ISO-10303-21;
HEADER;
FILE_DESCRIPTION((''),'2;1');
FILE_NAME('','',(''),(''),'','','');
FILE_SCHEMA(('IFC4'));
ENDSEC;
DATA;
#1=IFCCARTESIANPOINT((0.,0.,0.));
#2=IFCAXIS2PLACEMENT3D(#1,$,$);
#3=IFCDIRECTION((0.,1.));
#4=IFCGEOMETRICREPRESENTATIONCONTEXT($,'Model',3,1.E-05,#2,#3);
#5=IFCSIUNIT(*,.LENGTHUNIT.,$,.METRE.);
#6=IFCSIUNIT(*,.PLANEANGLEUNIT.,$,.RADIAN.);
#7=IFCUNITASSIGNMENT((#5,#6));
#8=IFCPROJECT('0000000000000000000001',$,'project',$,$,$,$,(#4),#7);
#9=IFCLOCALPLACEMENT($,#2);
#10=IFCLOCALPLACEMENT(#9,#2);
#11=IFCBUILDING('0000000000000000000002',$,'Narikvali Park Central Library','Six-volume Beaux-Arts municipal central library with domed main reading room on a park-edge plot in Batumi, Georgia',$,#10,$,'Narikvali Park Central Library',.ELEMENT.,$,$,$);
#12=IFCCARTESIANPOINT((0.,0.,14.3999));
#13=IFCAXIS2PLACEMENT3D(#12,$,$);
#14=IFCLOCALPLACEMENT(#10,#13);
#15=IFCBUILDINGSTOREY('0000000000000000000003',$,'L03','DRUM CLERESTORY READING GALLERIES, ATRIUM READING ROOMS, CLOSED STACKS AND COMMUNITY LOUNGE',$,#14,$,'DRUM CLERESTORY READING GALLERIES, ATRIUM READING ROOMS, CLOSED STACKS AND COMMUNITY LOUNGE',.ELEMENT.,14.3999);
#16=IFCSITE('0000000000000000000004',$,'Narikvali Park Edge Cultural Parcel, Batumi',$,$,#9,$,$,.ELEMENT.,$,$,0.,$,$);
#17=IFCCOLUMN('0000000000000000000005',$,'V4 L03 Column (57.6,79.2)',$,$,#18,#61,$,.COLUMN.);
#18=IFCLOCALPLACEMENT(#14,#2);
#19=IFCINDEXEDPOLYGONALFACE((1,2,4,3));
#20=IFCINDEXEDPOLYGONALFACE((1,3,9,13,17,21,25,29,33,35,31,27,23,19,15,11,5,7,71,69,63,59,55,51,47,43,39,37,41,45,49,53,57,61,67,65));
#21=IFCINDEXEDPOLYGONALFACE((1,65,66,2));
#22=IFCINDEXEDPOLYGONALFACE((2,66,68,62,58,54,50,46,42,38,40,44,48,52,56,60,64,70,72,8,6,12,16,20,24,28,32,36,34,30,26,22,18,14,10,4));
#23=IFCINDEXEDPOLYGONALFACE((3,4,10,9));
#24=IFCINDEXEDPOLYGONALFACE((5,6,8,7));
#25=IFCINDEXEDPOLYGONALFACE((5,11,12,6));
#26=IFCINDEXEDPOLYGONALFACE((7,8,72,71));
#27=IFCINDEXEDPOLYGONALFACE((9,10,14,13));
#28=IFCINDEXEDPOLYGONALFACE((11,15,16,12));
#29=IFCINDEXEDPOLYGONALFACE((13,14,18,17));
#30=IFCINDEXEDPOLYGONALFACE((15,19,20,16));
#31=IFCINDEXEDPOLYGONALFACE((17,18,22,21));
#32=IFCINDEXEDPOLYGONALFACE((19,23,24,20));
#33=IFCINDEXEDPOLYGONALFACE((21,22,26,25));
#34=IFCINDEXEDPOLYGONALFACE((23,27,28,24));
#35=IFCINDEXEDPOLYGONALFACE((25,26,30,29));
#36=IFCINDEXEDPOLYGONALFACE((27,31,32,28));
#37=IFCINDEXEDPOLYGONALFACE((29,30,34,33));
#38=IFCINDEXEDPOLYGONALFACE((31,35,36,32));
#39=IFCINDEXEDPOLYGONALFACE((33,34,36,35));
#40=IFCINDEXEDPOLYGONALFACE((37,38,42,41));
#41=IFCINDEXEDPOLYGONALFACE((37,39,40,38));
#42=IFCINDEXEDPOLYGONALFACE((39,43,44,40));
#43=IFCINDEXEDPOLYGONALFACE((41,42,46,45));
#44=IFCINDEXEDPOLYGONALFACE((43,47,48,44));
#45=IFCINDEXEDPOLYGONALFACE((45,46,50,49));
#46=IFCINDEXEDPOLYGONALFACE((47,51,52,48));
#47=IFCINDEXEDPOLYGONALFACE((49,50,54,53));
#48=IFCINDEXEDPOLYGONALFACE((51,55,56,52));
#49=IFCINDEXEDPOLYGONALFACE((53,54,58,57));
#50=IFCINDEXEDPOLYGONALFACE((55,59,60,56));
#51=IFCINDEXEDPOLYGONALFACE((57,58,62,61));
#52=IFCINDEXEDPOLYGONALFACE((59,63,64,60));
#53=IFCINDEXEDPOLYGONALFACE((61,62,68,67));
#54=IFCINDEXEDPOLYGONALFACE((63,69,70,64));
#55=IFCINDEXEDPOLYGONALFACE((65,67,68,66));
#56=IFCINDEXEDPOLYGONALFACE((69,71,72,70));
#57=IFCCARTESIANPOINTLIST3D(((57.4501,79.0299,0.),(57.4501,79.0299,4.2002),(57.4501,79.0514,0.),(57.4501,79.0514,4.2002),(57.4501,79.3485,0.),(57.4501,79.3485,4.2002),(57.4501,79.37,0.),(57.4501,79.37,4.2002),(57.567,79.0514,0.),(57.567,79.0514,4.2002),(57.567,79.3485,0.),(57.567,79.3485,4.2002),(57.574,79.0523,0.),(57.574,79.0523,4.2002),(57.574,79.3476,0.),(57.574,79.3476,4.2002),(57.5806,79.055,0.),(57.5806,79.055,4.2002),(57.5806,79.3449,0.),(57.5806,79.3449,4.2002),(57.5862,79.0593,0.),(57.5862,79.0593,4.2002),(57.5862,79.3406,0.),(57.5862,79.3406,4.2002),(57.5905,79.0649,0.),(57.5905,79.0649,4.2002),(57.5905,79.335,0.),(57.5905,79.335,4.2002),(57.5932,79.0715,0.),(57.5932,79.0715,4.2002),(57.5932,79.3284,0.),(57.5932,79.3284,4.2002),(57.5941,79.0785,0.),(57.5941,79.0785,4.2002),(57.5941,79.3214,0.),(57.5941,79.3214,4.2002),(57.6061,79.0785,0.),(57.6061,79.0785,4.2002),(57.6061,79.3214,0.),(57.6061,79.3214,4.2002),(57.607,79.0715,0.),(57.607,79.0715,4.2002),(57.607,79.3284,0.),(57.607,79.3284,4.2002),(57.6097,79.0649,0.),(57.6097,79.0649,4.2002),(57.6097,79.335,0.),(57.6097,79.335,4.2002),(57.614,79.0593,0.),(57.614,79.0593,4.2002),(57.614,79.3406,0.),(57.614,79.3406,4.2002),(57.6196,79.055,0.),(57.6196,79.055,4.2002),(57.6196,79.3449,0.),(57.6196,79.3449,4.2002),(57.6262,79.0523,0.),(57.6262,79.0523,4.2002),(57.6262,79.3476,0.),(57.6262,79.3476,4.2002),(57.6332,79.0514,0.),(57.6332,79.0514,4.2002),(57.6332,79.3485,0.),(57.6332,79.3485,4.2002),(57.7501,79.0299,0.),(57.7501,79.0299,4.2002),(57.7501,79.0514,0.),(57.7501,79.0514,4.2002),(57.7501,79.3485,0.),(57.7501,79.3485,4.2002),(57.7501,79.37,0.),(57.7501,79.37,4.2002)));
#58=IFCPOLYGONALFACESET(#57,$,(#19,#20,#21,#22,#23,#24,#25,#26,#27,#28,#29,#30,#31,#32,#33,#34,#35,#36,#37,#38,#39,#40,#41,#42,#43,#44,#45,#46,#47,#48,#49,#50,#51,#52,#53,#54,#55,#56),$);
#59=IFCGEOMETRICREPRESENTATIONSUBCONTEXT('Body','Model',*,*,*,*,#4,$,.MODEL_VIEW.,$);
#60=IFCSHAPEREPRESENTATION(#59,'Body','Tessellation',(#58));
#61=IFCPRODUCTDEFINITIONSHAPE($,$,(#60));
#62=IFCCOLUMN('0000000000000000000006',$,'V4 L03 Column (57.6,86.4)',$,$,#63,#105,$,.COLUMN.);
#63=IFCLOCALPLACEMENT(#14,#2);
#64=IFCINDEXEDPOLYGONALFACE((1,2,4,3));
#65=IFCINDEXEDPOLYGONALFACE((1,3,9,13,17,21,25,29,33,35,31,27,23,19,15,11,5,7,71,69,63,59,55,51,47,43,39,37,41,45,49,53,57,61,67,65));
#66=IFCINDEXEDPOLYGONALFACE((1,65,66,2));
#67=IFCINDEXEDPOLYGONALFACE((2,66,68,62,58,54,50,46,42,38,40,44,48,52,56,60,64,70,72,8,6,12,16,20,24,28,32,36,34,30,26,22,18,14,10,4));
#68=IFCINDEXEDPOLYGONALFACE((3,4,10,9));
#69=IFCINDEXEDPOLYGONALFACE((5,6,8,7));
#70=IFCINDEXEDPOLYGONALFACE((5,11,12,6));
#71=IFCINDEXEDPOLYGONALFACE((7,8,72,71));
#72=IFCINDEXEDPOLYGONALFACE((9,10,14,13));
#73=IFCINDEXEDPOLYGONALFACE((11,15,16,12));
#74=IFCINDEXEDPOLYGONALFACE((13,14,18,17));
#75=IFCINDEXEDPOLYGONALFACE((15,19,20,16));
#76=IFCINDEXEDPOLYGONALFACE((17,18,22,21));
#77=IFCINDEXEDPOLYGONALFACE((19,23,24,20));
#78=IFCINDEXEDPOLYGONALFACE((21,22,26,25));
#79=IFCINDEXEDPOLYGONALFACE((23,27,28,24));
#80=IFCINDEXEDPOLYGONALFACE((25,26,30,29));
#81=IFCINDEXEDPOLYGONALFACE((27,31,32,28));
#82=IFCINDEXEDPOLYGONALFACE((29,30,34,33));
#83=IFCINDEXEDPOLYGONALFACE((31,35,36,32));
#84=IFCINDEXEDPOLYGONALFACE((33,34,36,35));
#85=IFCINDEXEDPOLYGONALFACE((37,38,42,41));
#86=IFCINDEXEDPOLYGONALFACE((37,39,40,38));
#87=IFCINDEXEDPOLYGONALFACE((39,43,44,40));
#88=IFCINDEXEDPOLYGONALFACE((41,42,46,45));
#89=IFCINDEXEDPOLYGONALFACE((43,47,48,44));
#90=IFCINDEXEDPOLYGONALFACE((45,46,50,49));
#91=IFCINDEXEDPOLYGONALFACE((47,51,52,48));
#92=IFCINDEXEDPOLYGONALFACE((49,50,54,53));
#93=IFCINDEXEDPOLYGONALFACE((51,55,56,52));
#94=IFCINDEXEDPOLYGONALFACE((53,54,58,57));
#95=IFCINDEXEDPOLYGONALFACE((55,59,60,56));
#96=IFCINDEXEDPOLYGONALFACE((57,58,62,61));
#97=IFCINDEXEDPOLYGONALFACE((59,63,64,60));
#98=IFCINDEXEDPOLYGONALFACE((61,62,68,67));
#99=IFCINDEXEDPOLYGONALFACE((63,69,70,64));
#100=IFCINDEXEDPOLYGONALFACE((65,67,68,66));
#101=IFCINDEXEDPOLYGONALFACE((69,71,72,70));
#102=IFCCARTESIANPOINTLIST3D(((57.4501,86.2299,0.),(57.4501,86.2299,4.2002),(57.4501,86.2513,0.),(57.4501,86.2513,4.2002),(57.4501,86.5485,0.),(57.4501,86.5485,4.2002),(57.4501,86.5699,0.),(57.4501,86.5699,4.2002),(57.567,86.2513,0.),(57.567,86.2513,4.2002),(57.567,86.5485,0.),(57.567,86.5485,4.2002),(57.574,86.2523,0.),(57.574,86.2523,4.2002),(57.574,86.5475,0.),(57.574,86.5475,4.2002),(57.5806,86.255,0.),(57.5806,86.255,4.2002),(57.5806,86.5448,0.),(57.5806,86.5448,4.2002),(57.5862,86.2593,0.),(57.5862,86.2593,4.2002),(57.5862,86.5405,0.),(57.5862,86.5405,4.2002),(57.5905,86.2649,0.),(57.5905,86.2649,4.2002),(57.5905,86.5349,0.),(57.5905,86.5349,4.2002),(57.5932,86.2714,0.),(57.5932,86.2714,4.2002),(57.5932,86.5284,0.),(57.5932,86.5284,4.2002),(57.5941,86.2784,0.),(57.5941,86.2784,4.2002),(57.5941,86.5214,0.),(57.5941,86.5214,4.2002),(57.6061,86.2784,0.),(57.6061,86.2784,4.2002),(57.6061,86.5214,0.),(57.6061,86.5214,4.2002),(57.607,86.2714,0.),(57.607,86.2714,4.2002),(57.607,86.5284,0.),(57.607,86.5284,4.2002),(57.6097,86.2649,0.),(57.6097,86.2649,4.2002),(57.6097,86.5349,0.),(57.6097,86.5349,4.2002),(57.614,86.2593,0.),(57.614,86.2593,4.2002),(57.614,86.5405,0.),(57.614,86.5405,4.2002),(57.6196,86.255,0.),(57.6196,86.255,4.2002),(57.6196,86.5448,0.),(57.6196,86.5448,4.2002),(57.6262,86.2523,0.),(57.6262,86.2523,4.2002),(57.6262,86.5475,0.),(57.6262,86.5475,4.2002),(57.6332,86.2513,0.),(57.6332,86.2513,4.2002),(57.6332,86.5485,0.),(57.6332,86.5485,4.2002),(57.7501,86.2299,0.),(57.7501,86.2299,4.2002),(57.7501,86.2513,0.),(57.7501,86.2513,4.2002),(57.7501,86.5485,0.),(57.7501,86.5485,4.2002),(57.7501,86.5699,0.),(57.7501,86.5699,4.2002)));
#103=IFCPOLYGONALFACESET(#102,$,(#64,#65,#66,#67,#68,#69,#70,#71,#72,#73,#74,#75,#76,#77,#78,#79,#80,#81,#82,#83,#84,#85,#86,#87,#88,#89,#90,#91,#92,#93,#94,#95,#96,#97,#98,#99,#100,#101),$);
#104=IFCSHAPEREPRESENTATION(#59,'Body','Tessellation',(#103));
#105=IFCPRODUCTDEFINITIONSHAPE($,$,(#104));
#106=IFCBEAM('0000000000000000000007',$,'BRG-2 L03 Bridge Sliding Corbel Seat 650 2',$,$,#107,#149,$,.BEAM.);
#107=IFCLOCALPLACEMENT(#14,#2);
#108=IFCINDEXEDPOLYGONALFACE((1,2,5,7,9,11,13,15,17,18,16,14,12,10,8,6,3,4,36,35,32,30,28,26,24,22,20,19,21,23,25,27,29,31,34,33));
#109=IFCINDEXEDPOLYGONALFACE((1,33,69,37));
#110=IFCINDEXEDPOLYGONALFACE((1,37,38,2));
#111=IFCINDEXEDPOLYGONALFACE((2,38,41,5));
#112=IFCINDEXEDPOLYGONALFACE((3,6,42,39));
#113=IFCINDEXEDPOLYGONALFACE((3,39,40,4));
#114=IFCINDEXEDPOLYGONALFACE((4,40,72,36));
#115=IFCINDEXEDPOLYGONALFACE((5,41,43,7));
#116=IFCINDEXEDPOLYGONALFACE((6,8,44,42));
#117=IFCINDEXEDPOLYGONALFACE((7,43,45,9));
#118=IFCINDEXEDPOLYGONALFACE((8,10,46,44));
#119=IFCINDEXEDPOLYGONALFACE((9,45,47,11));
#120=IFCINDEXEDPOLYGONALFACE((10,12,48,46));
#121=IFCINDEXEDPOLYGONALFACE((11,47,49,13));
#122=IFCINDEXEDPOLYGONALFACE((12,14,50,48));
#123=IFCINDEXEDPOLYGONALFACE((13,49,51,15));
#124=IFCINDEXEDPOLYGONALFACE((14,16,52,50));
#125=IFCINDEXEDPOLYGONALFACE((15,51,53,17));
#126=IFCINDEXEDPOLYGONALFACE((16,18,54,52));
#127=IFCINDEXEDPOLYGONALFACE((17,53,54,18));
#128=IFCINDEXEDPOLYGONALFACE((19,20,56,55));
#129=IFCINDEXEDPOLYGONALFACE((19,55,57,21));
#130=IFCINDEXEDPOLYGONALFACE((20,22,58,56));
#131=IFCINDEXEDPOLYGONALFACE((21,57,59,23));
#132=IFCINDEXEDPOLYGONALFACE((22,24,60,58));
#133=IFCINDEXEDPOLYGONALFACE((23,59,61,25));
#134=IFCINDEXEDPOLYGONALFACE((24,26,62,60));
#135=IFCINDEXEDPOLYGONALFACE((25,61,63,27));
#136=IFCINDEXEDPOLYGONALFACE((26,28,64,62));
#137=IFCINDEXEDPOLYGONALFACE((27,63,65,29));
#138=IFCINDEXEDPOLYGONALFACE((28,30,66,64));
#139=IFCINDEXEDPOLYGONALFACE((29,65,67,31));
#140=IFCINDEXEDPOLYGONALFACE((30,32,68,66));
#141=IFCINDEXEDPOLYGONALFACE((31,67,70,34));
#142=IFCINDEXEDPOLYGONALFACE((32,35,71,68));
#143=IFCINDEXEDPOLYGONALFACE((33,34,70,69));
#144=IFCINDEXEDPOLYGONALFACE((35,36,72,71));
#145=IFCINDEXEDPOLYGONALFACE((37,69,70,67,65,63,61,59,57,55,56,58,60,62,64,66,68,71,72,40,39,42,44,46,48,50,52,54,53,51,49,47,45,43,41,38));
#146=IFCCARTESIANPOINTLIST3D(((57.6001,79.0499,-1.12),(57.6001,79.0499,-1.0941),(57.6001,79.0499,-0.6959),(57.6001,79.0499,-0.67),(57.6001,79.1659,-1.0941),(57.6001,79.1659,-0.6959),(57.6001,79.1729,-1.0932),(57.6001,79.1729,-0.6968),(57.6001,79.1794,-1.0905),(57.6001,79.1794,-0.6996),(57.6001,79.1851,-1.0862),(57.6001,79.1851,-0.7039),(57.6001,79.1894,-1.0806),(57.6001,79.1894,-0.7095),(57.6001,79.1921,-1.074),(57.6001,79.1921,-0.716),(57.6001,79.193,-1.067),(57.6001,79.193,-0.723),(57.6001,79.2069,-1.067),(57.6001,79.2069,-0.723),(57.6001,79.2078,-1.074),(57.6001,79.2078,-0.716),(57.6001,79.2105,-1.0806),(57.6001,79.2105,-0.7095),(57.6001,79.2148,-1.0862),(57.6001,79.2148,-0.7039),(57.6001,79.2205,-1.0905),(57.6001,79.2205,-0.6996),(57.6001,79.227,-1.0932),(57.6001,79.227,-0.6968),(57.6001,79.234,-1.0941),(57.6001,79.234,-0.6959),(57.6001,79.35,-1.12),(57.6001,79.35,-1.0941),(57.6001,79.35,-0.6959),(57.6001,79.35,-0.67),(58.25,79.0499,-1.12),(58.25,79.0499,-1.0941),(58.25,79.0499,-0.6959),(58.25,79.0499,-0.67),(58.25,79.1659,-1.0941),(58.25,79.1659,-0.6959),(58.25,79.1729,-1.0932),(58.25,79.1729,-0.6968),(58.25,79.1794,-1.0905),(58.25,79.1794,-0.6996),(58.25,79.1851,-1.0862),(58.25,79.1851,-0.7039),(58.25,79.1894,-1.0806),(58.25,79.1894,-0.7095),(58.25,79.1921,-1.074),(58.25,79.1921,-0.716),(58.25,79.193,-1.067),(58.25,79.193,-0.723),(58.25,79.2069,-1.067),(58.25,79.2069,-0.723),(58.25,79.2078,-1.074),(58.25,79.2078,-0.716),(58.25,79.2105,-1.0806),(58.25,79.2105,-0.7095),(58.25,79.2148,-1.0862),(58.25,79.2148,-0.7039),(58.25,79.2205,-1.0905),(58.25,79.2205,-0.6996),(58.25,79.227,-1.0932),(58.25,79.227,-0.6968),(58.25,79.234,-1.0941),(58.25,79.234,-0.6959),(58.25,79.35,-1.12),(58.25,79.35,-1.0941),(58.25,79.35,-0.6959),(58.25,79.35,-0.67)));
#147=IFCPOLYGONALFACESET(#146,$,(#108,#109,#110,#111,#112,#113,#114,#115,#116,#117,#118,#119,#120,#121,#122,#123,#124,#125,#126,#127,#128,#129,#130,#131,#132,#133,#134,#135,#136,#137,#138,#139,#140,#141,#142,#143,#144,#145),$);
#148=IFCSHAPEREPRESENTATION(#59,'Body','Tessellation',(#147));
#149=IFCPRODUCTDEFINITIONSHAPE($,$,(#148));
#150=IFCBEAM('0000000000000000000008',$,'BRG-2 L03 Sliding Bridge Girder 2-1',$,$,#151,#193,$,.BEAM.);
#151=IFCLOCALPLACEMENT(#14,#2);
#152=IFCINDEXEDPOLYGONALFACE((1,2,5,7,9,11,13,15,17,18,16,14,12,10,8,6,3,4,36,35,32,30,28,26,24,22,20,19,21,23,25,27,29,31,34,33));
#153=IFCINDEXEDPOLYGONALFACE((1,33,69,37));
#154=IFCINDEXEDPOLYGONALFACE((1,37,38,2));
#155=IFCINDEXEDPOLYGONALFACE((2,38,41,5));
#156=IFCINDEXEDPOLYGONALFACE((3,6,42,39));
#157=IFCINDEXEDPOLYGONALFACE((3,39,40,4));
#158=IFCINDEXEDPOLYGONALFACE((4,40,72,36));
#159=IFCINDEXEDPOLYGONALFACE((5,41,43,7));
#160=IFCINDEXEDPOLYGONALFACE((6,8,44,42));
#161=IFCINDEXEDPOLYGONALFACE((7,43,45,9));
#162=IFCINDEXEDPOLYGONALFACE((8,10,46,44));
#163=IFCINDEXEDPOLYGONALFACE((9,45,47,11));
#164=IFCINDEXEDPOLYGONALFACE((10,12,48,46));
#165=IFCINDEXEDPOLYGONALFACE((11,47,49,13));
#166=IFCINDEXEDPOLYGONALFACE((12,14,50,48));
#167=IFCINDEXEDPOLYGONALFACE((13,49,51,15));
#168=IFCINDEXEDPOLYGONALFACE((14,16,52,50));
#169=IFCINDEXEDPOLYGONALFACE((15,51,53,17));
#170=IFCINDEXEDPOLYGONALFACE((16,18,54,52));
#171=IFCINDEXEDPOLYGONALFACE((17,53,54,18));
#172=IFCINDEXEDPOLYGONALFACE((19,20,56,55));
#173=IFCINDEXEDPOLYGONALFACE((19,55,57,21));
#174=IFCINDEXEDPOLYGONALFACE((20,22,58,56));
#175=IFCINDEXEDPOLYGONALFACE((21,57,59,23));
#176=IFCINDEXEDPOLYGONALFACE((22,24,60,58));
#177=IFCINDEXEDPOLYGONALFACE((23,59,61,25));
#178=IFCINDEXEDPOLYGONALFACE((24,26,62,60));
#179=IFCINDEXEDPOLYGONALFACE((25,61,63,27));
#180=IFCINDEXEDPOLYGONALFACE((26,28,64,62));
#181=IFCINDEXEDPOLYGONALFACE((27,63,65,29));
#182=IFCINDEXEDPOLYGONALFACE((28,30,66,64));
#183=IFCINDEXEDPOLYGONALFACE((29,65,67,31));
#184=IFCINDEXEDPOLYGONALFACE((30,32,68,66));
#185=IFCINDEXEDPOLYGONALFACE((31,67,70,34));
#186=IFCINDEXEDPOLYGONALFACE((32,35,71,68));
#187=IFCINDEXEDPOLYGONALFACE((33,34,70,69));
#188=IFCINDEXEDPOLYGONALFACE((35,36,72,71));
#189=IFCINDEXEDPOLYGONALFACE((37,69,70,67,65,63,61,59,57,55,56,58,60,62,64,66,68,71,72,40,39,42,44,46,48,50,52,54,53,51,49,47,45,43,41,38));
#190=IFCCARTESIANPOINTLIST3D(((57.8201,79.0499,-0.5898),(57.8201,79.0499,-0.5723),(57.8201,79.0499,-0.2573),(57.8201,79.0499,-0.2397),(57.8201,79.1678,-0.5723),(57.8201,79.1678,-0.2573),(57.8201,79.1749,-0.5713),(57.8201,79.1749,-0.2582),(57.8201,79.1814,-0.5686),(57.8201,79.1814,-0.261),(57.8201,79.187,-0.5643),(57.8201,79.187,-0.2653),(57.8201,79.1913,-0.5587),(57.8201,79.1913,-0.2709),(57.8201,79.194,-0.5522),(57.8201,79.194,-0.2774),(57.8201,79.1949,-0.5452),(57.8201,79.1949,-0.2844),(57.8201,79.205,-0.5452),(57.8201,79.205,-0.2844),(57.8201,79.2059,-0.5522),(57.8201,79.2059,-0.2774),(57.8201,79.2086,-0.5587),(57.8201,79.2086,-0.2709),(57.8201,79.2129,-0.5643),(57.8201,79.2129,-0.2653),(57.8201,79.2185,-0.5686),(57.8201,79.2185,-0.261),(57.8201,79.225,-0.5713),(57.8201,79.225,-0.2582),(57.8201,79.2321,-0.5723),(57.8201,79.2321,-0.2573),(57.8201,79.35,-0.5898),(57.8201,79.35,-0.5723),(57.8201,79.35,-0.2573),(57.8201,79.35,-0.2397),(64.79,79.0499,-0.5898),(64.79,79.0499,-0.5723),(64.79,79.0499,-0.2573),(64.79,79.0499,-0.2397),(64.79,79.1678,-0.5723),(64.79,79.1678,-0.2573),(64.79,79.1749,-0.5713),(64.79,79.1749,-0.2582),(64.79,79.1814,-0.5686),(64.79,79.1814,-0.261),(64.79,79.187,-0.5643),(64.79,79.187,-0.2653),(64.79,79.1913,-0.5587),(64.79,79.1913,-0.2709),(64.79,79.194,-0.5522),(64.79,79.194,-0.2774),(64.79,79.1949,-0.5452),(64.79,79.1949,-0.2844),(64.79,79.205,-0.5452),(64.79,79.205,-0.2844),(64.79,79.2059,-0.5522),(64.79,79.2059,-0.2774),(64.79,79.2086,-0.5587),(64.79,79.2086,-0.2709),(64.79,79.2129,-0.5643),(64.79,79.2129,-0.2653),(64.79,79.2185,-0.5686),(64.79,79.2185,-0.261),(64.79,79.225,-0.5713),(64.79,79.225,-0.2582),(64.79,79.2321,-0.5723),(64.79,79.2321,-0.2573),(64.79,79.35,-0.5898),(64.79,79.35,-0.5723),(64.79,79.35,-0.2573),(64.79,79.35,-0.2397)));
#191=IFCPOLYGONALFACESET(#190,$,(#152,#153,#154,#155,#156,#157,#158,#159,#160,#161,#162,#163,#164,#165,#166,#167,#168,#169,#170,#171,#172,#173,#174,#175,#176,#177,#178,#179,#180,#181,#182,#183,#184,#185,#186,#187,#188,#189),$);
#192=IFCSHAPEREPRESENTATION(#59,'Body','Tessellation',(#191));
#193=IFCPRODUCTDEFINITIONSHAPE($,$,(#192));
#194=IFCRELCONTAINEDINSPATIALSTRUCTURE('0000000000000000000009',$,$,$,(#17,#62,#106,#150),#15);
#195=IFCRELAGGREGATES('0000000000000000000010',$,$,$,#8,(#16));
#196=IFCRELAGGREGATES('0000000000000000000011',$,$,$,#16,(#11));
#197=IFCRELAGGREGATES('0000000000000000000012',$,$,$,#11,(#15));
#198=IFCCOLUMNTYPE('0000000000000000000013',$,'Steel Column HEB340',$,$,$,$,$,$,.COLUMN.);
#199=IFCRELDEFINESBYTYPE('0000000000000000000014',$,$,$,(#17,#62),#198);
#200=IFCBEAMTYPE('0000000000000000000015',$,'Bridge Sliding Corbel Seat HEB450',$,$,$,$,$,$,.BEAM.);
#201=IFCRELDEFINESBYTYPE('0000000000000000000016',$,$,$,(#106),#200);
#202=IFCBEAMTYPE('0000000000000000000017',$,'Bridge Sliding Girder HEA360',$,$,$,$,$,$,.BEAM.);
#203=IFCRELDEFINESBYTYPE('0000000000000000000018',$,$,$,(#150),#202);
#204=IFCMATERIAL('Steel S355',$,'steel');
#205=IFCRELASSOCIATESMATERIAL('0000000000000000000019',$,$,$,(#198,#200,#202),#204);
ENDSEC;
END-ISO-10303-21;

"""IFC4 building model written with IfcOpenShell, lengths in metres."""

from ifc_helpers import new_model, si_unit, direction, frame, origin, origin_2d, place, context, subcontext, project, spatial, i_section, extrude, material, material_profile, profile_set, type_object, element, save


model = new_model("IFC4")

# Units and contexts
model_context = context("Model", 3, precision=1e-05, world=origin(), true_north=direction((0.0, 1.0)))
body_context = subcontext(model_context, "Body", "Model", "MODEL_VIEW")
ifc_project = project(units=[si_unit("LENGTHUNIT", "METRE"), si_unit("PLANEANGLEUNIT", "RADIAN")], contexts=[model_context])

# Site, building, storey
site_placement = place(None, origin())
site = spatial("IfcSite", under=ifc_project, at=site_placement, Name="Narikvali Park Edge Cultural Parcel, Batumi", CompositionType="ELEMENT", RefElevation=0.0)
building_placement = place(site_placement, origin())
building = spatial("IfcBuilding", under=site, at=building_placement, Name="Narikvali Park Central Library", Description="Six-volume Beaux-Arts municipal central library with domed main reading room on a park-edge plot in Batumi, Georgia", LongName="Narikvali Park Central Library", CompositionType="ELEMENT")
storey_placement = place(building_placement, frame((0.0, 0.0, 14.3999)))
storey = spatial("IfcBuildingStorey", under=building, at=storey_placement, Name="L03", Description="DRUM CLERESTORY READING GALLERIES, ATRIUM READING ROOMS, CLOSED STACKS AND COMMUNITY LOUNGE", LongName="DRUM CLERESTORY READING GALLERIES, ATRIUM READING ROOMS, CLOSED STACKS AND COMMUNITY LOUNGE", CompositionType="ELEMENT", Elevation=14.3999)

# Columns
ifc_material_1 = material(Name="Steel S355", Category="steel")
ifc_material_profile_1 = material_profile(ifc_material_1, i_section(OverallWidth=0.3, OverallDepth=0.3401, WebThickness=0.012, FlangeThickness=0.0215, FilletRadius=0.0271, at=origin_2d()), Name="HEB 340")
ifc_profile_set_1 = profile_set([ifc_material_profile_1], Name="Steel S355")
column_type = type_object("IfcColumnType", Name="Steel Column HEB340", PredefinedType="COLUMN", material=ifc_profile_set_1)
for number, where, z_axis, x_axis, name in (
    (1, (57.6001, 79.2, 0.0), (0.0, 0.0, 1.0), (1.0, 0.0, 0.0), "V4 L03 Column (57.6,79.2)"),
    (2, (57.6001, 86.3999, 0.0), (0.0, 0.0, 1.0), (1.0, 0.0, 0.0), "V4 L03 Column (57.6,86.4)"),
):
    element("IfcColumn", number, at=place(storey_placement, frame(where, z_axis=z_axis, x_axis=x_axis)), inside=storey, type_object=column_type, Name=name, PredefinedType="COLUMN", context=body_context, shape_type="SweptSolid", body=[
        extrude(i_section(OverallWidth=0.3, OverallDepth=0.3401, WebThickness=0.012, FlangeThickness=0.0215, FilletRadius=0.0271, at=origin_2d()), origin(), (0.0, 0.0, 1.0), 4.2002),
    ])

# Beams
ifc_material_profile_2 = material_profile(ifc_material_1, i_section(OverallWidth=0.3, OverallDepth=0.45, WebThickness=0.0139, FlangeThickness=0.0259, FilletRadius=0.0271, at=origin_2d()), Name="HEB 450")
ifc_profile_set_2 = profile_set([ifc_material_profile_2], Name="Steel S355")
beam_type_1 = type_object("IfcBeamType", Name="Bridge Sliding Corbel Seat HEB450", PredefinedType="BEAM", material=ifc_profile_set_2)
beam_1_placement = place(storey_placement, frame((57.6001, 79.2, -0.895), z_axis=(1.0, 0.0, 0.0), x_axis=(0.0, 1.0, 0.0)))
element("IfcBeam", 3, at=beam_1_placement, inside=storey, type_object=beam_type_1, Name="BRG-2 L03 Bridge Sliding Corbel Seat 650 2", PredefinedType="BEAM", context=body_context, shape_type="SweptSolid", body=[
    extrude(i_section(OverallWidth=0.3, OverallDepth=0.45, WebThickness=0.0139, FlangeThickness=0.0259, FilletRadius=0.0271, at=origin_2d()), origin(), (0.0, 0.0, 1.0), 0.6499),
])
ifc_material_profile_3 = material_profile(ifc_material_1, i_section(OverallWidth=0.3, OverallDepth=0.3501, WebThickness=0.01, FlangeThickness=0.0176, FilletRadius=0.0271, at=origin_2d()), Name="HEA 360")
ifc_profile_set_3 = profile_set([ifc_material_profile_3], Name="Steel S355")
beam_type_2 = type_object("IfcBeamType", Name="Bridge Sliding Girder HEA360", PredefinedType="BEAM", material=ifc_profile_set_3)
beam_2_placement = place(storey_placement, frame((57.8201, 79.2, -0.4148), z_axis=(1.0, 0.0, 0.0), x_axis=(0.0, 1.0, 0.0)))
element("IfcBeam", 4, at=beam_2_placement, inside=storey, type_object=beam_type_2, Name="BRG-2 L03 Sliding Bridge Girder 2-1", PredefinedType="BEAM", context=body_context, shape_type="SweptSolid", body=[
    extrude(i_section(OverallWidth=0.3, OverallDepth=0.3501, WebThickness=0.01, FlangeThickness=0.0176, FilletRadius=0.0271, at=origin_2d()), origin(), (0.0, 0.0, 1.0), 6.97),
])

save(model, "model.ifc")
